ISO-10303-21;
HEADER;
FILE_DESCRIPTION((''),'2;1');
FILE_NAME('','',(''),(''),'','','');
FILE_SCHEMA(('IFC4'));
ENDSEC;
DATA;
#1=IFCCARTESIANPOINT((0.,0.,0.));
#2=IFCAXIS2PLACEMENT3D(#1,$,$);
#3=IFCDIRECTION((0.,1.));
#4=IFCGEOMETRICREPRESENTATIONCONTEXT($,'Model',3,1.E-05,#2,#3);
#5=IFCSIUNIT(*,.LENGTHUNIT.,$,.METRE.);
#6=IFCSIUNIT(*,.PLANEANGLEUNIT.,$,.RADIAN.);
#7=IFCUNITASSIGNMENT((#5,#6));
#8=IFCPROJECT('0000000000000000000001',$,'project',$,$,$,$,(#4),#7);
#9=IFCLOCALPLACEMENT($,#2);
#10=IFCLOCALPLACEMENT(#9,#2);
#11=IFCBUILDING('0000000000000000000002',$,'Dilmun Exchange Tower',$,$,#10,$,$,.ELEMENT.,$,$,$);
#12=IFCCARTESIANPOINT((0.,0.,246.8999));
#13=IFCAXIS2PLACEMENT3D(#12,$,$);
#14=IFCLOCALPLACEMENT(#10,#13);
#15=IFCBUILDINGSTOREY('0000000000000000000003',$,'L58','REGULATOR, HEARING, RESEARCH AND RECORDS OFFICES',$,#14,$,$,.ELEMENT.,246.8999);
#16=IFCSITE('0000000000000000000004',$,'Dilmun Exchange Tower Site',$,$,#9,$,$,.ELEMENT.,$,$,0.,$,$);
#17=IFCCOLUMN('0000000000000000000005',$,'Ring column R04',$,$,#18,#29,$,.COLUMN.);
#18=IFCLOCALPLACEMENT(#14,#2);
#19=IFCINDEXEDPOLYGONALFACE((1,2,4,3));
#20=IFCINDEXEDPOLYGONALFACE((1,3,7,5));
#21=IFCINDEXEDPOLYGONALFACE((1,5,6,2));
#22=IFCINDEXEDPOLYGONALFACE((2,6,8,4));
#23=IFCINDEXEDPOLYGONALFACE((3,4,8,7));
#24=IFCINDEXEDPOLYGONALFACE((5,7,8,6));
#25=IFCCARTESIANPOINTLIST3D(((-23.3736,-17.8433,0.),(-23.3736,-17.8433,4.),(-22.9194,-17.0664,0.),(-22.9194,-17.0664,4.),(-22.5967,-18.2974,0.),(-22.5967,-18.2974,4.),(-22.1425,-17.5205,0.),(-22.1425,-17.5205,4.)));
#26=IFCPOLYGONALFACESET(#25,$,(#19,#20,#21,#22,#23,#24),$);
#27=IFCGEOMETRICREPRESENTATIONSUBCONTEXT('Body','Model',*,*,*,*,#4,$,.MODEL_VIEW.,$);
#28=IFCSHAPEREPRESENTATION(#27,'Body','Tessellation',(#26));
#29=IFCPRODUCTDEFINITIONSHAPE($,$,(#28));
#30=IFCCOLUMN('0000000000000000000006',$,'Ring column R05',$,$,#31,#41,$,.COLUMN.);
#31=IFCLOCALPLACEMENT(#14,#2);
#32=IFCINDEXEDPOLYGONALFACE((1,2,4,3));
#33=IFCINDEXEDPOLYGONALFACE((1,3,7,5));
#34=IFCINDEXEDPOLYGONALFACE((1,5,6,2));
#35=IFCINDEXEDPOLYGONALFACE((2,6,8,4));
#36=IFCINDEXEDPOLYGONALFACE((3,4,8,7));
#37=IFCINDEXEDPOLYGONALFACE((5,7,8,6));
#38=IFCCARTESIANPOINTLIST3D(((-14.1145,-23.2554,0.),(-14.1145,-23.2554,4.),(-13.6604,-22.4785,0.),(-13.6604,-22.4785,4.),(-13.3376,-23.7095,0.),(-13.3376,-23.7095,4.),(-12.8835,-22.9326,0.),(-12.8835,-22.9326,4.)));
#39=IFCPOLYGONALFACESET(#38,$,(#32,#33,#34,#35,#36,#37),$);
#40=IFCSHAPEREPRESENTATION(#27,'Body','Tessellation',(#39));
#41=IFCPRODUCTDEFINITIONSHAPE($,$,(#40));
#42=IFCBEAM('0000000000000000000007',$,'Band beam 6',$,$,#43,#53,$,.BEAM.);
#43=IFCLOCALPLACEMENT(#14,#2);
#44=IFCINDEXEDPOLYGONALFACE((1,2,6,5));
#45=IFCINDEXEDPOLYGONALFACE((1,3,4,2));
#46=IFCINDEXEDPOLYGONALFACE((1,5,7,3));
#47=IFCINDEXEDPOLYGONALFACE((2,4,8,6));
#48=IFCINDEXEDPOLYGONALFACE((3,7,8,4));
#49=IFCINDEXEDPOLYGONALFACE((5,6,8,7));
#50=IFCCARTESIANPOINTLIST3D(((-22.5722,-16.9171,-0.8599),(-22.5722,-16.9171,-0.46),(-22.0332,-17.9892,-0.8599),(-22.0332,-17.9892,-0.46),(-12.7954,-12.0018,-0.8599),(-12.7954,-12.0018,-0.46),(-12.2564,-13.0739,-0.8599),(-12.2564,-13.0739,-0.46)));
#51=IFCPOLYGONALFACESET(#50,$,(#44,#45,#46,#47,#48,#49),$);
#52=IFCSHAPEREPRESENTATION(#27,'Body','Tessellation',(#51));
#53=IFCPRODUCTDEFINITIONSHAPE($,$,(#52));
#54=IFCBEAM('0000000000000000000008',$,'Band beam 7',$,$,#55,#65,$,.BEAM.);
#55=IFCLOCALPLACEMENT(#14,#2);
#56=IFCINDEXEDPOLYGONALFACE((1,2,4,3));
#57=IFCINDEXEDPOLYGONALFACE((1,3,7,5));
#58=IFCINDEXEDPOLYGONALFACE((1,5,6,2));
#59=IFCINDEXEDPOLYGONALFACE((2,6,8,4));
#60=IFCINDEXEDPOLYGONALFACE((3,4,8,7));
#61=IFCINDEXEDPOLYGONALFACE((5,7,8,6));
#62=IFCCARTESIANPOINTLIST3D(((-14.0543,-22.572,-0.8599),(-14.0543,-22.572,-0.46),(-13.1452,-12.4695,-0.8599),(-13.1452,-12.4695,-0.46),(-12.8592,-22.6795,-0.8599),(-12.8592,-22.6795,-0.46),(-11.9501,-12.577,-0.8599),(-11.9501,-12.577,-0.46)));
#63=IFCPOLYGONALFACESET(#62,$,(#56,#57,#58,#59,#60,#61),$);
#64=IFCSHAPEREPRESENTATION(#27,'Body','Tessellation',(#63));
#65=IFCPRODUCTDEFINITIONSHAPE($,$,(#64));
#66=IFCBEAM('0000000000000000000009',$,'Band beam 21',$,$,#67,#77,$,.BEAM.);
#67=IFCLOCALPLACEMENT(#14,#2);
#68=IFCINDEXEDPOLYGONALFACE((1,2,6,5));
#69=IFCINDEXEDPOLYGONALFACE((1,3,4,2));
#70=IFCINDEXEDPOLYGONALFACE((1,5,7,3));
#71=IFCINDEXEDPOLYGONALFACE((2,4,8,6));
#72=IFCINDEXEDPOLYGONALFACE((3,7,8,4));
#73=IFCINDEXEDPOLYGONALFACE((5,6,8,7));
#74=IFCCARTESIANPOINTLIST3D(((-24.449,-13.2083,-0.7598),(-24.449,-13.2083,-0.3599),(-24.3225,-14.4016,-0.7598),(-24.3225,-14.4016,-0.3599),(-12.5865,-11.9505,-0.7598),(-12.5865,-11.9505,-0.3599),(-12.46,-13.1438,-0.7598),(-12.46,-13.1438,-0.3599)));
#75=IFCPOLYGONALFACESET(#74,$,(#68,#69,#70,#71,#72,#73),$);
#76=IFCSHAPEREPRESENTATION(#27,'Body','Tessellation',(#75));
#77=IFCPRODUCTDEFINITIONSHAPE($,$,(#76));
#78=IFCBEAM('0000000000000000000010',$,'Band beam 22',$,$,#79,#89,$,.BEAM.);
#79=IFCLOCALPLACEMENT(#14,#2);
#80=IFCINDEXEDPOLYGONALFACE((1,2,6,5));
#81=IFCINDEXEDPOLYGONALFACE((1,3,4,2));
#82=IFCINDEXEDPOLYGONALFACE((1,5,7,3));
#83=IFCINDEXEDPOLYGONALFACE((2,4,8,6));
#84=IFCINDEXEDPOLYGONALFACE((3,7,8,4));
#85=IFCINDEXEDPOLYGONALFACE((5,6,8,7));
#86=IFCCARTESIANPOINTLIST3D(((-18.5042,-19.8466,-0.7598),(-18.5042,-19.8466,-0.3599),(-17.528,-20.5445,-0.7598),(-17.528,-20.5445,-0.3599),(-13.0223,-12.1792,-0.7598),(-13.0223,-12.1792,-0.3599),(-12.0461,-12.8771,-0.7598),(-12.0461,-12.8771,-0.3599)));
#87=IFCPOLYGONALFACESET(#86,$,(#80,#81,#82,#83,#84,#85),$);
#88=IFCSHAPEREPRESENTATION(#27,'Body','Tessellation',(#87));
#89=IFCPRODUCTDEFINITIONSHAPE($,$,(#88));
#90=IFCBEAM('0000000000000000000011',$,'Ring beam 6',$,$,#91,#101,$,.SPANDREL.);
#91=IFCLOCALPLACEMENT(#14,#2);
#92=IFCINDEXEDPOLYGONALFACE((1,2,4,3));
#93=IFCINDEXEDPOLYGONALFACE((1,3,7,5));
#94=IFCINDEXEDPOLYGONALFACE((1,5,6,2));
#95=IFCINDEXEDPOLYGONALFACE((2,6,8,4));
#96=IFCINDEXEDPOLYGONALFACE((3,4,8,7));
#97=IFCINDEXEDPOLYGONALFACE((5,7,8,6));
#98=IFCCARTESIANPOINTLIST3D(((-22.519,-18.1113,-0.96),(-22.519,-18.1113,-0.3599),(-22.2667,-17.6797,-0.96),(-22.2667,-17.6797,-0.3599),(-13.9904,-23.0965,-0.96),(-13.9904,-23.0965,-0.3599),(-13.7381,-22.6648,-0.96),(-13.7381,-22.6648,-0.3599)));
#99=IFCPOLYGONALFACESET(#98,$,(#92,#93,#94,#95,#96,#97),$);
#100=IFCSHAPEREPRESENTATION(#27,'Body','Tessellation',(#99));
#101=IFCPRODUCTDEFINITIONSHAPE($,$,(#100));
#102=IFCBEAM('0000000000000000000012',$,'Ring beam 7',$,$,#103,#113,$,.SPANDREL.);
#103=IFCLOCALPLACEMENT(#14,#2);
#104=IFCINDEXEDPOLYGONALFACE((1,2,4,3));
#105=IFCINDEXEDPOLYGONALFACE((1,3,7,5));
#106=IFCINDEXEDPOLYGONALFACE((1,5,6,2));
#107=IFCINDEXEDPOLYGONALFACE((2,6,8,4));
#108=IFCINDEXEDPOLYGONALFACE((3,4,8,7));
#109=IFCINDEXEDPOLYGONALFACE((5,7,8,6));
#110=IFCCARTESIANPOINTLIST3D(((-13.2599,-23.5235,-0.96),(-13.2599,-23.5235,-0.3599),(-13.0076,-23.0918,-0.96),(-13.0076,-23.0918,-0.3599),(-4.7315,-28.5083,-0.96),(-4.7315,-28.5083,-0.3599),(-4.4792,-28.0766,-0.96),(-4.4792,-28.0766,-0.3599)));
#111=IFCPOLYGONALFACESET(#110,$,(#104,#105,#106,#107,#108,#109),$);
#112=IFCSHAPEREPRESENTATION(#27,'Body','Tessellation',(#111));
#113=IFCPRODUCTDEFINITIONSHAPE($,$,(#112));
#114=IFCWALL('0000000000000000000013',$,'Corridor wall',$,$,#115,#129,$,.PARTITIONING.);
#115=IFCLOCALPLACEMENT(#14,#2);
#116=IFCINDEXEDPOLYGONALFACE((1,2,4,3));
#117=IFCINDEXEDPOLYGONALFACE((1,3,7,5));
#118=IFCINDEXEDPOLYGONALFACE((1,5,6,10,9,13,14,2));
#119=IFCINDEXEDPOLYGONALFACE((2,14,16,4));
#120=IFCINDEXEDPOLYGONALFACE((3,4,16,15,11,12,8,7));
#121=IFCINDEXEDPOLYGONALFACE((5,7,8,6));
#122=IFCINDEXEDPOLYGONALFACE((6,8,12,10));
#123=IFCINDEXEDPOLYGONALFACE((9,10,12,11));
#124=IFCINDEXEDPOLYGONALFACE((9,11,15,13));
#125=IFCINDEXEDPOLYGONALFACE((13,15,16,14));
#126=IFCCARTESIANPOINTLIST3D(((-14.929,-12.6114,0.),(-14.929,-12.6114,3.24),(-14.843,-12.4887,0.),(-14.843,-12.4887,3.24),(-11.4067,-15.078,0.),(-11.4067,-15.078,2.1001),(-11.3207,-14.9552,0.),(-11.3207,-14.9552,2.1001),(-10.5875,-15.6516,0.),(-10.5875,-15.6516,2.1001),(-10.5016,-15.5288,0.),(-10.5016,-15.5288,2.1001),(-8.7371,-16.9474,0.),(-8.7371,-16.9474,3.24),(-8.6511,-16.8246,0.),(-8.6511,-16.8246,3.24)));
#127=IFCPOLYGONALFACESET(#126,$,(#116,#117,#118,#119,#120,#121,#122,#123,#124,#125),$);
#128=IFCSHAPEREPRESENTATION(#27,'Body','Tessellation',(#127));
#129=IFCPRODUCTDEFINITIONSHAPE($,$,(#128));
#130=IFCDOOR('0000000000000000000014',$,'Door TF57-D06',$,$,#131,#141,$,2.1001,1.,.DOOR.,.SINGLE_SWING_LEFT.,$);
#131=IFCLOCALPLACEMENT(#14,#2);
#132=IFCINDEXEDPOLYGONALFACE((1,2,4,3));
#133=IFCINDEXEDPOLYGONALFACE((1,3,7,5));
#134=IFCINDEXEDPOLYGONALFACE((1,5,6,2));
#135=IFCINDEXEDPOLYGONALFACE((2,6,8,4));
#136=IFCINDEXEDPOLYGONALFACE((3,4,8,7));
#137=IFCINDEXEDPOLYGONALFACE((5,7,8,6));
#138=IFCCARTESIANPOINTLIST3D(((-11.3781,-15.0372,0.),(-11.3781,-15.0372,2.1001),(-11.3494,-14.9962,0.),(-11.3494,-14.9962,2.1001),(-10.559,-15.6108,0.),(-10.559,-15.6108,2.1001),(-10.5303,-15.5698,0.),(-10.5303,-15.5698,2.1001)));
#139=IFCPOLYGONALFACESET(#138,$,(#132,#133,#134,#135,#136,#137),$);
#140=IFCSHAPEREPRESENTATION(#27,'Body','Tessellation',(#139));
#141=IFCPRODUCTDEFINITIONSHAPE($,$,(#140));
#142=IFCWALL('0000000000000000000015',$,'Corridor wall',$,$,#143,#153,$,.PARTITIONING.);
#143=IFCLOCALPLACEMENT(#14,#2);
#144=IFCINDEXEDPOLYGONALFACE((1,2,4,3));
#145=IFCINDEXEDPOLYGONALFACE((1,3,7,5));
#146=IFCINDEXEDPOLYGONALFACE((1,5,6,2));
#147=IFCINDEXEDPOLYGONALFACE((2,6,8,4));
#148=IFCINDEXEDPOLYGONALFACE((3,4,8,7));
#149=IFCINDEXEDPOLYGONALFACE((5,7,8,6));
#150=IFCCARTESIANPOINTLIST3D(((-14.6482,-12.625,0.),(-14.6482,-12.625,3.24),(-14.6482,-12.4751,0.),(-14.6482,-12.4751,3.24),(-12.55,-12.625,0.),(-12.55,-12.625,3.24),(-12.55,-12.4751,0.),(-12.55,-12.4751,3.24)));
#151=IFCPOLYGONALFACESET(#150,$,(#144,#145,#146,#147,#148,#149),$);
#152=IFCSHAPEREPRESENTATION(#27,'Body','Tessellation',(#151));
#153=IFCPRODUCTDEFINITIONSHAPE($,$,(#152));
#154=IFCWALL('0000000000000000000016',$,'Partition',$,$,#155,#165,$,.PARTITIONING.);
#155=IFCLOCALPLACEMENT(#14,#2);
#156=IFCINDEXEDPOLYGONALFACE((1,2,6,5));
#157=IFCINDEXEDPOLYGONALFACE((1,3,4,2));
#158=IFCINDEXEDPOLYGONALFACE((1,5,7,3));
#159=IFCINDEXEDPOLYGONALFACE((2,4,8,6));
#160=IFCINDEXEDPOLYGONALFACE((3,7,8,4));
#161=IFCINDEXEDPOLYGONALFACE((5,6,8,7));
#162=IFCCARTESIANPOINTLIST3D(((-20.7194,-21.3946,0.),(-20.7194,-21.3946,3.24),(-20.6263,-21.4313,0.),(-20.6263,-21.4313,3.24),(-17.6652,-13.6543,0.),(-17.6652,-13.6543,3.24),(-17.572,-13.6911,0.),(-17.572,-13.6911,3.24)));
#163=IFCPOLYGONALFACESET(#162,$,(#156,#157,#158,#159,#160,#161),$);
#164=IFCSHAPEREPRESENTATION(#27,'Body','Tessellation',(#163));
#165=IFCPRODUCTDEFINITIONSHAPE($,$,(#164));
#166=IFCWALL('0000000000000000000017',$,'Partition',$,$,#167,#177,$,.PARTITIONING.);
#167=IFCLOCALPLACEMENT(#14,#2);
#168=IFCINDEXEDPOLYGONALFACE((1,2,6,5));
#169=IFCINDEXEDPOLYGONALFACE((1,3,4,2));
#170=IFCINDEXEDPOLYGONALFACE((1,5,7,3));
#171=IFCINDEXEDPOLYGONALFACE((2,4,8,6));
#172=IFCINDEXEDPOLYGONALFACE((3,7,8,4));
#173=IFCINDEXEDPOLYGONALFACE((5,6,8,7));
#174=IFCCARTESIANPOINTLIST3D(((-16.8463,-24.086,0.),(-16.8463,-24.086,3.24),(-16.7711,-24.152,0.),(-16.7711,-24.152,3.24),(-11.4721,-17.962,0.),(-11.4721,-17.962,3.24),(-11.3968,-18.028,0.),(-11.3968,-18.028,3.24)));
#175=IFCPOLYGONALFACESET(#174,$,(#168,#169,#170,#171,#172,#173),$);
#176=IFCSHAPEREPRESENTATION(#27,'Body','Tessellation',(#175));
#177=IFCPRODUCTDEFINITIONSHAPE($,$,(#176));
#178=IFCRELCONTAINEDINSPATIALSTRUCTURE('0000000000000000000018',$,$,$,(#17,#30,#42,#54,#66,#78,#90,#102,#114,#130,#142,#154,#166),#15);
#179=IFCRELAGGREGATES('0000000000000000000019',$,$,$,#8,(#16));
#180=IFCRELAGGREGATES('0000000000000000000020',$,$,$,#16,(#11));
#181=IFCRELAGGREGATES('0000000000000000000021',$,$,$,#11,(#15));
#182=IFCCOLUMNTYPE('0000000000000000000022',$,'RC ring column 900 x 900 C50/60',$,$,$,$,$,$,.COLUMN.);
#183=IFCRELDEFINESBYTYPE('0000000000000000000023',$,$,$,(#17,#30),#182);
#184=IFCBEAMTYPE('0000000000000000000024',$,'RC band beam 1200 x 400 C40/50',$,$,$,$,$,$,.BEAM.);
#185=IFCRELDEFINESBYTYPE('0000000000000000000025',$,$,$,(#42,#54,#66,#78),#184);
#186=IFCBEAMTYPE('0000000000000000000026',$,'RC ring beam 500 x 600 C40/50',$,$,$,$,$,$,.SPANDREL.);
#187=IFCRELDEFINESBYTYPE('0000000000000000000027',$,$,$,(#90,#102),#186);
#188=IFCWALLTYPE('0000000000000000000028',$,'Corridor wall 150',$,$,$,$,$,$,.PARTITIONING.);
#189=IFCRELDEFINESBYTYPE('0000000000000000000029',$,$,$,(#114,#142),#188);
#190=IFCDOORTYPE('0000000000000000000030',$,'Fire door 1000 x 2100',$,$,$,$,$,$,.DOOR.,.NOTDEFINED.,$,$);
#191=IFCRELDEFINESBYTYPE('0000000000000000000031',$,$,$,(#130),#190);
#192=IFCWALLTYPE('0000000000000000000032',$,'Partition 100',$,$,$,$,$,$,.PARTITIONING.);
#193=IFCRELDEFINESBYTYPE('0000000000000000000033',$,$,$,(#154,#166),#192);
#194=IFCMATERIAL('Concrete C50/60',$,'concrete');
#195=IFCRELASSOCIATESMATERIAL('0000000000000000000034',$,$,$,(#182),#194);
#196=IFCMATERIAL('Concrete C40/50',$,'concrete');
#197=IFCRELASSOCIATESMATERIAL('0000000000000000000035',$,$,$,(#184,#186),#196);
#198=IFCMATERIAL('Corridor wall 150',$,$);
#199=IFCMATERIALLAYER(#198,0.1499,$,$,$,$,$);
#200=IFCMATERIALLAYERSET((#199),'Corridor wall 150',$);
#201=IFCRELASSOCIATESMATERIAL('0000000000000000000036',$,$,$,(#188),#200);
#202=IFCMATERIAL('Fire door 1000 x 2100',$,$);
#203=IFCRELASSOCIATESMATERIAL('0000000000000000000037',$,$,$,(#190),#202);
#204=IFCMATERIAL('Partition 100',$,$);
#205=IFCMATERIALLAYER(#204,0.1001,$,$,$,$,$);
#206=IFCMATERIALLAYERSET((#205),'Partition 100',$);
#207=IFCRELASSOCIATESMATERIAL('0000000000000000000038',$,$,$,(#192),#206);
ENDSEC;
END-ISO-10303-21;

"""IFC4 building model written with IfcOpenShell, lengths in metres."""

from ifc_helpers import new_model, si_unit, direction, frame, frame_2d, origin, origin_2d, place, context, subcontext, project, spatial, rectangle, extrude, material, layer, layer_set, material_profile, profile_set, type_object, element, fill, save


model = new_model("IFC4")

# Units and contexts
model_context = context("Model", 3, precision=1e-05, world=origin(), true_north=direction((0.0, 1.0)))
body_context = subcontext(model_context, "Body", "Model", "MODEL_VIEW")
ifc_project = project(units=[si_unit("LENGTHUNIT", "METRE"), si_unit("PLANEANGLEUNIT", "RADIAN")], contexts=[model_context])

# Site, building, storey
site_placement = place(None, origin())
site = spatial("IfcSite", under=ifc_project, at=site_placement, Name="Dilmun Exchange Tower Site", CompositionType="ELEMENT", RefElevation=0.0)
building_placement = place(site_placement, origin())
building = spatial("IfcBuilding", under=site, at=building_placement, Name="Dilmun Exchange Tower", CompositionType="ELEMENT")
storey_placement = place(building_placement, frame((0.0, 0.0, 246.8999)))
storey = spatial("IfcBuildingStorey", under=building, at=storey_placement, Name="L58", Description="REGULATOR, HEARING, RESEARCH AND RECORDS OFFICES", CompositionType="ELEMENT", Elevation=246.8999)

# Columns
ifc_material_1 = material(Name="Concrete C50/60", Category="concrete")
ifc_material_profile_1 = material_profile(ifc_material_1, rectangle(XDim=0.8999, YDim=0.8999, at=origin_2d()), Name="900 x 900")
ifc_profile_set_1 = profile_set([ifc_material_profile_1], Name="Concrete C50/60")
column_type = type_object("IfcColumnType", Name="RC ring column 900 x 900 C50/60", PredefinedType="COLUMN", material=ifc_profile_set_1)
for number, where, z_axis, x_axis, name in (
    (1, (-22.7581, -17.6819, 0.0), (0.0, 0.0, 1.0), (0.504644, 0.863328, 0.0), "Ring column R04"),
    (2, (-13.499, -23.094, 0.0), (0.0, 0.0, 1.0), (0.504644, 0.863328, 0.0), "Ring column R05"),
):
    element("IfcColumn", number, at=place(storey_placement, frame(where, z_axis=z_axis, x_axis=x_axis)), inside=storey, type_object=column_type, Name=name, PredefinedType="COLUMN", context=body_context, shape_type="SweptSolid", body=[
        extrude(rectangle(XDim=0.8999, YDim=0.8999, at=origin_2d()), origin(), (0.0, 0.0, 1.0), 4.0),
    ])

# Beams
ifc_material_2 = material(Name="Concrete C40/50", Category="concrete")
ifc_material_profile_2 = material_profile(ifc_material_2, rectangle(XDim=1.2, YDim=0.3999, at=origin_2d()), Name="1200 x 400")
ifc_profile_set_2 = profile_set([ifc_material_profile_2], Name="Concrete C40/50")
beam_type_1 = type_object("IfcBeamType", Name="RC band beam 1200 x 400 C40/50", PredefinedType="BEAM", material=ifc_profile_set_2)
beam_1_placement = place(storey_placement, frame((-22.3027, -17.4531, -0.6599), z_axis=(0.893443, 0.449176, 0.0), x_axis=(-0.449176, 0.893443, 0.0)))
element("IfcBeam", 3, at=beam_1_placement, inside=storey, type_object=beam_type_1, Name="Band beam 6", PredefinedType="BEAM", context=body_context, shape_type="SweptSolid", body=[
    extrude(rectangle(XDim=1.2, YDim=0.3999, at=origin_2d()), origin(), (0.0, 0.0, 1.0), 10.9429),
])
beam_2_placement = place(storey_placement, frame((-13.4568, -22.6257, -0.6599), z_axis=(0.089633, 0.995975, 0.0), x_axis=(-0.995975, 0.089633, 0.0)))
element("IfcBeam", 4, at=beam_2_placement, inside=storey, type_object=beam_type_1, Name="Band beam 7", PredefinedType="BEAM", context=body_context, shape_type="SweptSolid", body=[
    extrude(rectangle(XDim=1.2, YDim=0.3999, at=origin_2d()), origin(), (0.0, 0.0, 1.0), 10.1433),
])
beam_3_placement = place(storey_placement, frame((-24.3857, -13.8049, -0.5598), z_axis=(0.994426, 0.105441, 0.0), x_axis=(-0.105441, 0.994426, 0.0)))
element("IfcBeam", 5, at=beam_3_placement, inside=storey, type_object=beam_type_1, Name="Band beam 21", PredefinedType="BEAM", context=body_context, shape_type="SweptSolid", body=[
    extrude(rectangle(XDim=1.2, YDim=0.3999, at=origin_2d()), origin(), (0.0, 0.0, 1.0), 11.929),
])
beam_4_placement = place(storey_placement, frame((-18.0161, -20.1956, -0.5598), z_axis=(0.581601, 0.813474, 0.0), x_axis=(-0.813474, 0.581601, 0.0)))
element("IfcBeam", 6, at=beam_4_placement, inside=storey, type_object=beam_type_1, Name="Band beam 22", PredefinedType="BEAM", context=body_context, shape_type="SweptSolid", body=[
    extrude(rectangle(XDim=1.2, YDim=0.3999, at=origin_2d()), origin(), (0.0, 0.0, 1.0), 9.4255),
])
ifc_material_profile_3 = material_profile(ifc_material_2, rectangle(XDim=0.5, YDim=0.6001, at=origin_2d()), Name="500 x 600")
ifc_profile_set_3 = profile_set([ifc_material_profile_3], Name="Concrete C40/50")
beam_type_2 = type_object("IfcBeamType", Name="RC ring beam 500 x 600 C40/50", PredefinedType="SPANDREL", material=ifc_profile_set_3)
beam_5_placement = place(storey_placement, frame((-22.3928, -17.8955, -0.6599), z_axis=(0.863333, -0.504635, 0.0), x_axis=(0.504635, 0.863333, 0.0)))
element("IfcBeam", 7, at=beam_5_placement, inside=storey, type_object=beam_type_2, Name="Ring beam 6", PredefinedType="SPANDREL", context=body_context, shape_type="SweptSolid", body=[
    extrude(rectangle(XDim=0.5, YDim=0.6001, at=origin_2d()), origin(), (0.0, 0.0, 1.0), 9.8787),
])
beam_6_placement = place(storey_placement, frame((-13.1338, -23.3076, -0.6599), z_axis=(0.863344, -0.504616, 0.0), x_axis=(0.504616, 0.863344, 0.0)))
element("IfcBeam", 8, at=beam_6_placement, inside=storey, type_object=beam_type_2, Name="Ring beam 7", PredefinedType="SPANDREL", context=body_context, shape_type="SweptSolid", body=[
    extrude(rectangle(XDim=0.5, YDim=0.6001, at=origin_2d()), origin(), (0.0, 0.0, 1.0), 9.8784),
])

# Wall, opening, door
ifc_material_3 = material(Name="Corridor wall 150")
ifc_layer_1 = layer(ifc_material_3, 0.1499)
ifc_layer_set_1 = layer_set([ifc_layer_1], Name="Corridor wall 150")
wall_type_1 = type_object("IfcWallType", Name="Corridor wall 150", PredefinedType="PARTITIONING", material=ifc_layer_set_1)
wall_1_placement = place(storey_placement, frame((-14.886, -12.55, 0.0), z_axis=(0.0, 0.0, 1.0), x_axis=(0.819132, -0.573605, 0.0)))
wall_1 = element("IfcWall", 9, at=wall_1_placement, inside=storey, type_object=wall_type_1, Name="Corridor wall", PredefinedType="PARTITIONING", context=body_context, shape_type="SweptSolid", body=[
    extrude(rectangle(XDim=7.5591, YDim=0.1499, at=frame_2d((3.7795, 0.0))), origin(), (0.0, 0.0, 1.0), 3.24),
])
opening_1_placement = place(wall_1_placement, frame((4.3, 0.0, 0.0)))
opening_1 = element("IfcOpeningElement", 10, at=opening_1_placement, cuts=wall_1, PredefinedType="OPENING", context=body_context, shape_type="SweptSolid", body=[
    extrude(rectangle(XDim=1.0, YDim=2.1001, at=frame_2d((0.5, 1.05))), frame((0.0, 0.085, 0.0), z_axis=(0.0, -1.0, 0.0), x_axis=(1.0, 0.0, 0.0)), (0.0, 0.0, 1.0), 0.1699),
])
ifc_material_4 = material(Name="Fire door 1000 x 2100")
door_type = type_object("IfcDoorType", Name="Fire door 1000 x 2100", OperationType="NOTDEFINED", PredefinedType="DOOR", material=ifc_material_4)
door_placement = place(opening_1_placement, origin())
door = element("IfcDoor", 11, at=door_placement, inside=storey, type_object=door_type, Name="Door TF57-D06", OperationType="SINGLE_SWING_LEFT", OverallHeight=2.1001, OverallWidth=1.0, PredefinedType="DOOR", context=body_context, shape_type="SweptSolid", body=[
    extrude(rectangle(XDim=1.0, YDim=2.1001, at=frame_2d((0.5, 1.05))), frame((0.0, 0.0249, 0.0), z_axis=(0.0, -1.0, 0.0), x_axis=(1.0, 0.0, 0.0)), (0.0, 0.0, 1.0), 0.05),
])
fill(opening_1, door)

# Walls
wall_2_placement = place(storey_placement, frame((-14.6482, -12.55, 0.0), z_axis=(0.0, 0.0, 1.0), x_axis=(1.0, 0.0, 0.0)))
element("IfcWall", 12, at=wall_2_placement, inside=storey, type_object=wall_type_1, Name="Corridor wall", PredefinedType="PARTITIONING", context=body_context, shape_type="SweptSolid", body=[
    extrude(rectangle(XDim=2.0981, YDim=0.1499, at=frame_2d((1.0491, 0.0))), origin(), (0.0, 0.0, 1.0), 3.24),
])
ifc_material_5 = material(Name="Partition 100")
ifc_layer_2 = layer(ifc_material_5, 0.1001)
ifc_layer_set_2 = layer_set([ifc_layer_2], Name="Partition 100")
wall_type_2 = type_object("IfcWallType", Name="Partition 100", PredefinedType="PARTITIONING", material=ifc_layer_set_2)
wall_3_placement = place(storey_placement, frame((-20.6729, -21.4131, 0.0), z_axis=(0.0, 0.0, 1.0), x_axis=(0.367046, 0.930203, 0.0)))
element("IfcWall", 13, at=wall_3_placement, inside=storey, type_object=wall_type_2, Name="Partition", PredefinedType="PARTITIONING", context=body_context, shape_type="SweptSolid", body=[
    extrude(rectangle(XDim=8.321, YDim=0.1001, at=frame_2d((4.1606, 0.0))), origin(), (0.0, 0.0, 1.0), 3.24),
])
wall_4_placement = place(storey_placement, frame((-16.8086, -24.1189, 0.0), z_axis=(0.0, 0.0, 1.0), x_axis=(0.659599, 0.751618, 0.0)))
element("IfcWall", 14, at=wall_4_placement, inside=storey, type_object=wall_type_2, Name="Partition", PredefinedType="PARTITIONING", context=body_context, shape_type="SweptSolid", body=[
    extrude(rectangle(XDim=8.1477, YDim=0.1001, at=frame_2d((4.0737, 0.0))), origin(), (0.0, 0.0, 1.0), 3.24),
])

save(model, "model.ifc")
